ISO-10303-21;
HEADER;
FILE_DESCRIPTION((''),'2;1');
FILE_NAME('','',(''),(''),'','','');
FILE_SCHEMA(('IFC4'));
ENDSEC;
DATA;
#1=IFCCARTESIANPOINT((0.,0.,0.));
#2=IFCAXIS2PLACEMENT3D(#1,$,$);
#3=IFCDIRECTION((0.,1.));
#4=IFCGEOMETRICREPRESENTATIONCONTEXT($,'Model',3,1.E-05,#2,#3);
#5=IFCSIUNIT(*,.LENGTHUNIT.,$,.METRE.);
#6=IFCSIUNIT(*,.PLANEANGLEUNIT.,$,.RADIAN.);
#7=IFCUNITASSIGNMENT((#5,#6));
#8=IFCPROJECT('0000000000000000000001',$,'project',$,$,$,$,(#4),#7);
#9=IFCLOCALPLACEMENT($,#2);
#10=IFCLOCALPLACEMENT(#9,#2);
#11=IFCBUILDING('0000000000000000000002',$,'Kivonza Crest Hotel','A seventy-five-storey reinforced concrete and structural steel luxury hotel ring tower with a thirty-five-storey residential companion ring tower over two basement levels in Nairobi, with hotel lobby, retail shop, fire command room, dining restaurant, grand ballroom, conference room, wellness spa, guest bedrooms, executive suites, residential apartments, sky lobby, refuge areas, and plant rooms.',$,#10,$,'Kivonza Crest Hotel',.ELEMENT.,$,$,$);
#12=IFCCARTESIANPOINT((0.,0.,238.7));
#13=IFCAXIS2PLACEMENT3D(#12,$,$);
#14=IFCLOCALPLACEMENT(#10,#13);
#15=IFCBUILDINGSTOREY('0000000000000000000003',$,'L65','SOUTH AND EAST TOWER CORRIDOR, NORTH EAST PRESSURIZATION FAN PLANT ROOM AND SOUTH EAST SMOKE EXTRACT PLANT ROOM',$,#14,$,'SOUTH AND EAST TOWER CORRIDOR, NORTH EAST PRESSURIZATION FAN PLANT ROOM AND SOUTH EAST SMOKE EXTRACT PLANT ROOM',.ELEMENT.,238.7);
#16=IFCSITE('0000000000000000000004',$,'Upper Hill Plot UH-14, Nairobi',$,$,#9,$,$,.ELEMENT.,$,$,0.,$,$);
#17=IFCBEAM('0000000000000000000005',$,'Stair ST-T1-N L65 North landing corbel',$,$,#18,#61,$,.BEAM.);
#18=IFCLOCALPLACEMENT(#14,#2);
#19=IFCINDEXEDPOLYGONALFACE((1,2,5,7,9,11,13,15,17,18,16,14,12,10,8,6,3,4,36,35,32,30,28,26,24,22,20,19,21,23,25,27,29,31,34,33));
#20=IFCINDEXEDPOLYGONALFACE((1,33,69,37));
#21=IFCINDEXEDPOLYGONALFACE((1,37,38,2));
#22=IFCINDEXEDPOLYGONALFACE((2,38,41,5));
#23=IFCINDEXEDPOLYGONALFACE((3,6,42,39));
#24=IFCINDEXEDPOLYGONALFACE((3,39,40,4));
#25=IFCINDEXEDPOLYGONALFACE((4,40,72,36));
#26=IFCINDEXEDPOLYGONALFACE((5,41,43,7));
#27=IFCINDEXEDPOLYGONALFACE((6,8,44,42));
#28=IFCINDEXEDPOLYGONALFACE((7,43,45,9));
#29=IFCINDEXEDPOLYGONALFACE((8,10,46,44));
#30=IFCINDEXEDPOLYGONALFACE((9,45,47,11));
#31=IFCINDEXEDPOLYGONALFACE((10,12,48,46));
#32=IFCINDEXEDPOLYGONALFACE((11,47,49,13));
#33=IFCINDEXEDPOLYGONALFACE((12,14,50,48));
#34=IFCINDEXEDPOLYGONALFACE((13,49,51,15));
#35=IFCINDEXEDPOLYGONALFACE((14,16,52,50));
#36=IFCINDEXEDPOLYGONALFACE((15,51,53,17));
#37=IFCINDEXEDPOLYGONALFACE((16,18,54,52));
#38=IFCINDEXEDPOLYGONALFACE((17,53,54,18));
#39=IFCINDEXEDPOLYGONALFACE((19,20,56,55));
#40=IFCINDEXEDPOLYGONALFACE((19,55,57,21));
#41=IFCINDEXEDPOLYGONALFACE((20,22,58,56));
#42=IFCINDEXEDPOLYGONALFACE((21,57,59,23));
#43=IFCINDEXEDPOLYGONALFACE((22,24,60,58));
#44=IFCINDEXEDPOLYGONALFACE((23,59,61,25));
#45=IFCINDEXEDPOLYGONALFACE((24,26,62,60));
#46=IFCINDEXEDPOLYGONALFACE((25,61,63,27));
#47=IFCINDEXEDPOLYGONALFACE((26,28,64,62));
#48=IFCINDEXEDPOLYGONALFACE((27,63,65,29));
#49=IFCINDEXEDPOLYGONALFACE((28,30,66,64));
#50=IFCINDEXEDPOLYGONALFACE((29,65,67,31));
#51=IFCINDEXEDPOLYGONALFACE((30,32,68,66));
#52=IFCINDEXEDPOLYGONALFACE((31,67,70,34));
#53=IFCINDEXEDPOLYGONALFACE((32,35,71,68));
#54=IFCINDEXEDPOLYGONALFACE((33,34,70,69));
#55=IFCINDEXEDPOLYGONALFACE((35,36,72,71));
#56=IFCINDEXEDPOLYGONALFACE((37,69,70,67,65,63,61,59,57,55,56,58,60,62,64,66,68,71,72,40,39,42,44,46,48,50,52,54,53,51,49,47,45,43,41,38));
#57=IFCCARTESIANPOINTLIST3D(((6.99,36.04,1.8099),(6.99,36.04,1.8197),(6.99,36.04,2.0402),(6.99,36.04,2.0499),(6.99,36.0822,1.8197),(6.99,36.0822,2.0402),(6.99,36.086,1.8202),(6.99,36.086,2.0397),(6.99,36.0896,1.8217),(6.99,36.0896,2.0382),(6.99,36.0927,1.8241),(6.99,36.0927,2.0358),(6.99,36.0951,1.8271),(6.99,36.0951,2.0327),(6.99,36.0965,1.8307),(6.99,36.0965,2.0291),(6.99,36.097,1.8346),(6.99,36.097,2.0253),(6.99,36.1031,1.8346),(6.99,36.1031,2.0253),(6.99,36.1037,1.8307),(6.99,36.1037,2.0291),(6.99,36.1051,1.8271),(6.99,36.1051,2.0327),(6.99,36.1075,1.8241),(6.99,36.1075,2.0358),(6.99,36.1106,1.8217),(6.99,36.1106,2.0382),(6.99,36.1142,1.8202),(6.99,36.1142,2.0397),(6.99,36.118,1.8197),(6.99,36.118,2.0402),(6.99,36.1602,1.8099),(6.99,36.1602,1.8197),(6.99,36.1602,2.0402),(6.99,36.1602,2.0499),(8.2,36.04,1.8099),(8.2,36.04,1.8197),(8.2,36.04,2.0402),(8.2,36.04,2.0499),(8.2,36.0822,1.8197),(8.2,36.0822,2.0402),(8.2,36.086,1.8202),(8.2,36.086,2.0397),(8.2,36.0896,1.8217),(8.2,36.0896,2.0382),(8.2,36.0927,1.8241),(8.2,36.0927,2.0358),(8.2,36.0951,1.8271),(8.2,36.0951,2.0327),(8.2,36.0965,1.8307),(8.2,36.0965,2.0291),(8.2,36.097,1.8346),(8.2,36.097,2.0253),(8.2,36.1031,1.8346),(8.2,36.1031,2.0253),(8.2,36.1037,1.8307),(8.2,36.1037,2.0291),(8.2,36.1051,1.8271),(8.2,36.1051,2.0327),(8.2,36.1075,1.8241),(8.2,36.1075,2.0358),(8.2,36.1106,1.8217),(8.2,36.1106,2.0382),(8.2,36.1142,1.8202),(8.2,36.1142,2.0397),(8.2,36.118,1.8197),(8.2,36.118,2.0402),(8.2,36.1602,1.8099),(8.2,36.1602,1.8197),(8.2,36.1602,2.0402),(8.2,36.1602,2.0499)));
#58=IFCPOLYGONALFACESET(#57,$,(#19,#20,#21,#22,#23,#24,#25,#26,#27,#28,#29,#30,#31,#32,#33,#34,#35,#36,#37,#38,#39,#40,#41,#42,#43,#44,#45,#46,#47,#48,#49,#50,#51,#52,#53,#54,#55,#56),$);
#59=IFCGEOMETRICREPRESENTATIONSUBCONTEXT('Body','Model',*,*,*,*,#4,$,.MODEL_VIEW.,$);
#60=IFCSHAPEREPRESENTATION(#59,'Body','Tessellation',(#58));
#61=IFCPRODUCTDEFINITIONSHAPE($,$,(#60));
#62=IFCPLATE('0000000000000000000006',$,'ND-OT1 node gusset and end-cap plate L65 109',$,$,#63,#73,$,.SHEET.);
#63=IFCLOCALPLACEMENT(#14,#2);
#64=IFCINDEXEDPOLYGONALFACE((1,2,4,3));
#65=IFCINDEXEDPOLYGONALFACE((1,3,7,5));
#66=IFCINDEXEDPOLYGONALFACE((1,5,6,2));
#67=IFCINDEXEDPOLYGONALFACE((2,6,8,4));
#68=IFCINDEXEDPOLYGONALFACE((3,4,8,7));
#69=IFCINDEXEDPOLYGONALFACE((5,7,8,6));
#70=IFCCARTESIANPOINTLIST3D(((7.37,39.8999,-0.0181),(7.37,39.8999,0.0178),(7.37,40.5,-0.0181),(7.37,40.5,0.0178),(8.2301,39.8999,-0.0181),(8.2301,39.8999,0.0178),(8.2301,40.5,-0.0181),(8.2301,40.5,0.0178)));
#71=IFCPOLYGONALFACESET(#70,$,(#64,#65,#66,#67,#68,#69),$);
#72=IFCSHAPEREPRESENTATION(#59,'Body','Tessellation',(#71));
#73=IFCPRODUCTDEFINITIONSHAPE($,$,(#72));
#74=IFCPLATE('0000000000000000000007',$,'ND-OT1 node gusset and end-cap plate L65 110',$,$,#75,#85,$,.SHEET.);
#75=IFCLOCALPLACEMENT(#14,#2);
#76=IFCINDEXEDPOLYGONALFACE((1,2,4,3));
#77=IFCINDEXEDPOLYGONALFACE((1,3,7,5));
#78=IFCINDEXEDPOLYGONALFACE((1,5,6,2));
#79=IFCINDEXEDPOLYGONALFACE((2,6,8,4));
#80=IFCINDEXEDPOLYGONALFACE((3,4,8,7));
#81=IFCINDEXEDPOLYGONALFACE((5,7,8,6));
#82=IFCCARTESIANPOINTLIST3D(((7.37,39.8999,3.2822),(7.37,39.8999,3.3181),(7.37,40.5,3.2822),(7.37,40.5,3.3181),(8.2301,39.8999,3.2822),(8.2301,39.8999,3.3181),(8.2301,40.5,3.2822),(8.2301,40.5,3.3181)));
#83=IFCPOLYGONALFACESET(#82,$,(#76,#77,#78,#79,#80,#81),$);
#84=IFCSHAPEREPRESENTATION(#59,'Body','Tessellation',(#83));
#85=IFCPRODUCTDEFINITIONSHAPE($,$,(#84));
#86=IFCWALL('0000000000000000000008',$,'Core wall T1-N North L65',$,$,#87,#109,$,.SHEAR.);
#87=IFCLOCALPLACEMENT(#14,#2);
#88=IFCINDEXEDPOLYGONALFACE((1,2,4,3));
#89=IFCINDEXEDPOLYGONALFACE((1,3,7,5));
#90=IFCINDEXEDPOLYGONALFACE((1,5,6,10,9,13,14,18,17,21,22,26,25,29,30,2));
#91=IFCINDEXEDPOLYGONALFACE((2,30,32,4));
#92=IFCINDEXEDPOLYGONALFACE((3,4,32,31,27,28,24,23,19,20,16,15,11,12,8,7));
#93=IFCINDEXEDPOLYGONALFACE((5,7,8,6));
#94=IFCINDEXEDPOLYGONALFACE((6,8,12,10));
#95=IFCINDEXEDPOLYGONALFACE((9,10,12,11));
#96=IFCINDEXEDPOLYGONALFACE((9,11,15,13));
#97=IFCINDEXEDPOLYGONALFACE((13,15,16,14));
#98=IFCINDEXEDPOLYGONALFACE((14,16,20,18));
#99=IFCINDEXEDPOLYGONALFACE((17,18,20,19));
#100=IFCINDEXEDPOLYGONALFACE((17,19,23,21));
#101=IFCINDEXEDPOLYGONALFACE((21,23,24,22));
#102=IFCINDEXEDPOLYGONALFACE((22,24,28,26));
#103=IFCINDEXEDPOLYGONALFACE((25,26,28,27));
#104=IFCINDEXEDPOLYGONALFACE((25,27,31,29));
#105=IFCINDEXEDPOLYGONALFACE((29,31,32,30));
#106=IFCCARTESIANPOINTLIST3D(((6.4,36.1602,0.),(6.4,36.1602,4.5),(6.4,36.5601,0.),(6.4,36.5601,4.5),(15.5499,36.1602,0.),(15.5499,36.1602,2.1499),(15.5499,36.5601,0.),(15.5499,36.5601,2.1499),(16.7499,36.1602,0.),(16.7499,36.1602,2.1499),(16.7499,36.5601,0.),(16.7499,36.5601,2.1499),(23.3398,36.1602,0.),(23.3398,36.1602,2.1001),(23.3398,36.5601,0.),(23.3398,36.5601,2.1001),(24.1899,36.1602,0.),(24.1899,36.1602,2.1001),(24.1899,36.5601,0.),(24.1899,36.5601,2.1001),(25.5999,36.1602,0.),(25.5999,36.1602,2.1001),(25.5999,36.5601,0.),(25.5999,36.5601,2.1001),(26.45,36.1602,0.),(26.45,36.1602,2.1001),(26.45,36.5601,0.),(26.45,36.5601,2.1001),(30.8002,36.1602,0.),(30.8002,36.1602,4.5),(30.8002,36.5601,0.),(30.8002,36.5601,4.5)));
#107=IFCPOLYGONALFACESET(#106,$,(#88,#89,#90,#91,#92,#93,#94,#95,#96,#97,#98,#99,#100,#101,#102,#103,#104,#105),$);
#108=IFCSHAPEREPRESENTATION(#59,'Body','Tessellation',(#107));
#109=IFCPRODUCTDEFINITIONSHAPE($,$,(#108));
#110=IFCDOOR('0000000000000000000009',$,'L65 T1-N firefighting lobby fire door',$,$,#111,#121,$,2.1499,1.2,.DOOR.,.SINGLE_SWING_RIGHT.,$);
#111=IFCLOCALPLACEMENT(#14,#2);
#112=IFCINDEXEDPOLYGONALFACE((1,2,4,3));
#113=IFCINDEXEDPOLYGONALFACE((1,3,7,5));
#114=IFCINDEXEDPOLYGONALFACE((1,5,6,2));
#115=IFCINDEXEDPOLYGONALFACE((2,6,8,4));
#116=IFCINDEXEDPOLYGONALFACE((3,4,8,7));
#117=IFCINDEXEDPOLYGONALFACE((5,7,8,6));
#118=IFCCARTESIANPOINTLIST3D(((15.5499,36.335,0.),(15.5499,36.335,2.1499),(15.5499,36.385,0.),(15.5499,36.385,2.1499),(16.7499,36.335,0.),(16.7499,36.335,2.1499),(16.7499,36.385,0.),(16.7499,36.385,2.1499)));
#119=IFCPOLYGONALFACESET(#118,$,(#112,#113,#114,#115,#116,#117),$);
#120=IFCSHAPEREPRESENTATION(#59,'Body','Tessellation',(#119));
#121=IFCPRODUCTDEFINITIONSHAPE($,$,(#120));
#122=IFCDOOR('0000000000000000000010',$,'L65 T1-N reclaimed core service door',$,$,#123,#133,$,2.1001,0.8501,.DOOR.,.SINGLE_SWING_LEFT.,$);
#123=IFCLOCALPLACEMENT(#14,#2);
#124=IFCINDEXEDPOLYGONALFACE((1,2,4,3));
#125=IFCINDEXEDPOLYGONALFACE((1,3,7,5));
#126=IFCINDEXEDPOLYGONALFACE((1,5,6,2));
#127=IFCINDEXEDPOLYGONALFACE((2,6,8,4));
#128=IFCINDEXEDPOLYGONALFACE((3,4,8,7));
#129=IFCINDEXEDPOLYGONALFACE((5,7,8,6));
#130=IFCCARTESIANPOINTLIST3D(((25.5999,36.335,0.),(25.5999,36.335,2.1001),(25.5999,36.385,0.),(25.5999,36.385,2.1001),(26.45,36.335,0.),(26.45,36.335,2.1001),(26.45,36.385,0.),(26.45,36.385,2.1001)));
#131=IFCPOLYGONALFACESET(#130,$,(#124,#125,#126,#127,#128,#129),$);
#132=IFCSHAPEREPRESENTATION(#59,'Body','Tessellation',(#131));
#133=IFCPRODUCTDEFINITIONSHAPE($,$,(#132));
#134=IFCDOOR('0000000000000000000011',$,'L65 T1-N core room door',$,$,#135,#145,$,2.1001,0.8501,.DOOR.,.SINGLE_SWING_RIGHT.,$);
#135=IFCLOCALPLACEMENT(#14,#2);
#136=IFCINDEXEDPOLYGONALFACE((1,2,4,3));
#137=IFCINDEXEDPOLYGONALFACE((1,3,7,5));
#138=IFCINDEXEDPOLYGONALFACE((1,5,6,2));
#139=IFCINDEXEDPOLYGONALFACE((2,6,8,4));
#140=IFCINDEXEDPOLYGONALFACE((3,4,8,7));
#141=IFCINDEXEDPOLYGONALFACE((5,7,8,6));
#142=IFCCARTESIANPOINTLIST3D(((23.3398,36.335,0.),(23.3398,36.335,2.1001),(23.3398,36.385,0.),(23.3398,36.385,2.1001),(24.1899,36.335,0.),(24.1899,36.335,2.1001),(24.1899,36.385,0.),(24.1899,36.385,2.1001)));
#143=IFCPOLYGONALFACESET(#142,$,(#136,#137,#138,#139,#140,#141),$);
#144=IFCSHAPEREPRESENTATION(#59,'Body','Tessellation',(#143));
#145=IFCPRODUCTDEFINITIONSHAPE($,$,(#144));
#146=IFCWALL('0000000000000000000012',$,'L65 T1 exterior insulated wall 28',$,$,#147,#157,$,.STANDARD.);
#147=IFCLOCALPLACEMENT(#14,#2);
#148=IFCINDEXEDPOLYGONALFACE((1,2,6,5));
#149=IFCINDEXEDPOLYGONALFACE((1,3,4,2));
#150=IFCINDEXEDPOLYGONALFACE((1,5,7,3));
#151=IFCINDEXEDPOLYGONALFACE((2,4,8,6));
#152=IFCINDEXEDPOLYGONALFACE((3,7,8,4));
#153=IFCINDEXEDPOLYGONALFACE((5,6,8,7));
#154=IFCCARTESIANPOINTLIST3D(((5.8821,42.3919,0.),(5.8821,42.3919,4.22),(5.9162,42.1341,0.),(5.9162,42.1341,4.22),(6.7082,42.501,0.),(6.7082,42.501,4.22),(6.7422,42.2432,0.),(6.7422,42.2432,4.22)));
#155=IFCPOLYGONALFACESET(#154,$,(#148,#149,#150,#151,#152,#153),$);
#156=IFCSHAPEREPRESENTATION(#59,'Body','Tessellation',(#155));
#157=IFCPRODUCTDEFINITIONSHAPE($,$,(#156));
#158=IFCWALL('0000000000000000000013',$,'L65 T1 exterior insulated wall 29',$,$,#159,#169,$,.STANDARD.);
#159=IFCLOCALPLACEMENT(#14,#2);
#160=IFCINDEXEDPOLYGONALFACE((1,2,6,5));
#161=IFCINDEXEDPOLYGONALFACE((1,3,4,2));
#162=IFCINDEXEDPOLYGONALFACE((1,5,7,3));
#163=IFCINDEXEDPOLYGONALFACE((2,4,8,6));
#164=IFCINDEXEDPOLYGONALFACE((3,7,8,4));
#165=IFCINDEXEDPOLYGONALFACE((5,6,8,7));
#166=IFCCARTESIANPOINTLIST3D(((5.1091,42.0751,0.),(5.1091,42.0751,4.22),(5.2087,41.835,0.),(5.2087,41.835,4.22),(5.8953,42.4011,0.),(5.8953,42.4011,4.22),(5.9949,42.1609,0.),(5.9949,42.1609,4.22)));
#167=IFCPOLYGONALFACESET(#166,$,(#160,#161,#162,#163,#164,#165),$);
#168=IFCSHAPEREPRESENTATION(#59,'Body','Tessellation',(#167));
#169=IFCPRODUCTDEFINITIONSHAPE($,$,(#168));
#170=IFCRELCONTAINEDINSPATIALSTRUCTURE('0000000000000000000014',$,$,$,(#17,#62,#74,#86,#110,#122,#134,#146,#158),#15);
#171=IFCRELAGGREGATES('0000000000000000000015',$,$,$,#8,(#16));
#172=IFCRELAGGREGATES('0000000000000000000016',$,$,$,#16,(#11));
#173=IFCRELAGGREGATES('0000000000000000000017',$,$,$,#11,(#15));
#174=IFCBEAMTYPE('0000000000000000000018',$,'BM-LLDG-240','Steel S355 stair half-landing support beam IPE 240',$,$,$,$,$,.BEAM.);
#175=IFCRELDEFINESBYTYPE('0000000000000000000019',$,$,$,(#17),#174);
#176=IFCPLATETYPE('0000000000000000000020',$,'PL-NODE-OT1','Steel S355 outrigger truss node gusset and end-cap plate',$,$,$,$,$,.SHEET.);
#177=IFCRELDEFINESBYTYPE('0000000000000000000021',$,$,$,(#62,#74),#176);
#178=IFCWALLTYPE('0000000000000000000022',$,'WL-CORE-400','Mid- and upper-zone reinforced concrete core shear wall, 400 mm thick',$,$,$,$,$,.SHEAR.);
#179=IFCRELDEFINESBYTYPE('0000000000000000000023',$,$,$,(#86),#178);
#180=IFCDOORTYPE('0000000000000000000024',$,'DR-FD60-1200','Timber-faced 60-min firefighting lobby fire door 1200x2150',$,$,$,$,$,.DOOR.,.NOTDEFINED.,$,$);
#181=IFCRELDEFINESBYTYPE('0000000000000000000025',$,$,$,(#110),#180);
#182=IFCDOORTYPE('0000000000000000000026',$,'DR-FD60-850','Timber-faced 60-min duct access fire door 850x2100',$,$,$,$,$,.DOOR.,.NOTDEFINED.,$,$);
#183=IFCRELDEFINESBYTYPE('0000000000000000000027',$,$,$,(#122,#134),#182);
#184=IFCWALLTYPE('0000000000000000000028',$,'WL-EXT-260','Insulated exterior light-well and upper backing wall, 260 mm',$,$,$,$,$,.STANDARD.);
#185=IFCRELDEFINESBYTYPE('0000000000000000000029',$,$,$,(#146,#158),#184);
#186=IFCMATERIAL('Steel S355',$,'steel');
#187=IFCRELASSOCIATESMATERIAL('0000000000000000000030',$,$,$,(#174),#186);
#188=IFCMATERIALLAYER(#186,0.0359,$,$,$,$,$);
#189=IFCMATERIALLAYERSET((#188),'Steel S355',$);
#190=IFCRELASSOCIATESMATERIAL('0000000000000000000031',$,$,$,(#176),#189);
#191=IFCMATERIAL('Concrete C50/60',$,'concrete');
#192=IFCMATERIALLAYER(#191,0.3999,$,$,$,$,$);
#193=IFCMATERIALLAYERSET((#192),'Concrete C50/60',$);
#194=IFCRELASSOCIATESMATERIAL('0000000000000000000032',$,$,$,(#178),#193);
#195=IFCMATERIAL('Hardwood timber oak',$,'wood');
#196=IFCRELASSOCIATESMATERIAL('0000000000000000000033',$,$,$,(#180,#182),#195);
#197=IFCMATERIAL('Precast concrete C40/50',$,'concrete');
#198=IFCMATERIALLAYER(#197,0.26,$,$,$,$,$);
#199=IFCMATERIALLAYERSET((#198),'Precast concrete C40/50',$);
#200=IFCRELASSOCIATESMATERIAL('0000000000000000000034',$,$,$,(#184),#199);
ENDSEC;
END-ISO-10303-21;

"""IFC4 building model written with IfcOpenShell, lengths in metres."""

from ifc_helpers import new_model, si_unit, direction, frame, frame_2d, origin, origin_2d, place, context, subcontext, project, spatial, rectangle, i_section, extrude, material, layer, layer_set, material_profile, profile_set, type_object, element, fill, save


model = new_model("IFC4")

# Units and contexts
model_context = context("Model", 3, precision=1e-05, world=origin(), true_north=direction((0.0, 1.0)))
body_context = subcontext(model_context, "Body", "Model", "MODEL_VIEW")
ifc_project = project(units=[si_unit("LENGTHUNIT", "METRE"), si_unit("PLANEANGLEUNIT", "RADIAN")], contexts=[model_context])

# Site, building, storey
site_placement = place(None, origin())
site = spatial("IfcSite", under=ifc_project, at=site_placement, Name="Upper Hill Plot UH-14, Nairobi", CompositionType="ELEMENT", RefElevation=0.0)
building_placement = place(site_placement, origin())
building = spatial("IfcBuilding", under=site, at=building_placement, Name="Kivonza Crest Hotel", Description="A seventy-five-storey reinforced concrete and structural steel luxury hotel ring tower with a thirty-five-storey residential companion ring tower over two basement levels in Nairobi, with hotel lobby, retail shop, fire command room, dining restaurant, grand ballroom, conference room, wellness spa, guest bedrooms, executive suites, residential apartments, sky lobby, refuge areas, and plant rooms.", LongName="Kivonza Crest Hotel", CompositionType="ELEMENT")
storey_placement = place(building_placement, frame((0.0, 0.0, 238.7)))
storey = spatial("IfcBuildingStorey", under=building, at=storey_placement, Name="L65", Description="SOUTH AND EAST TOWER CORRIDOR, NORTH EAST PRESSURIZATION FAN PLANT ROOM AND SOUTH EAST SMOKE EXTRACT PLANT ROOM", LongName="SOUTH AND EAST TOWER CORRIDOR, NORTH EAST PRESSURIZATION FAN PLANT ROOM AND SOUTH EAST SMOKE EXTRACT PLANT ROOM", CompositionType="ELEMENT", Elevation=238.7)

# Shared definitions
ifc_material_1 = material(Name="Steel S355", Category="steel")

# Beam
ifc_material_profile_1 = material_profile(ifc_material_1, i_section(OverallWidth=0.1201, OverallDepth=0.24, WebThickness=0.0061, FlangeThickness=0.0098, FilletRadius=0.0149, at=origin_2d()), Name="IPE 240")
ifc_profile_set_1 = profile_set([ifc_material_profile_1], Name="Steel S355")
beam_type_1 = type_object("IfcBeamType", Name="BM-LLDG-240", Description="Steel S355 stair half-landing support beam IPE 240", PredefinedType="BEAM", material=ifc_profile_set_1)
beam_1_placement = place(storey_placement, frame((6.99, 36.1001, 1.9299), z_axis=(1.0, 0.0, 0.0), x_axis=(0.0, 1.0, 0.0)))
element("IfcBeam", 1, at=beam_1_placement, inside=storey, type_object=beam_type_1, Name="Stair ST-T1-N L65 North landing corbel", PredefinedType="BEAM", context=body_context, shape_type="SweptSolid", body=[
    extrude(i_section(OverallWidth=0.1201, OverallDepth=0.24, WebThickness=0.0061, FlangeThickness=0.0098, FilletRadius=0.0149, at=origin_2d()), origin(), (0.0, 0.0, 1.0), 1.21),
])

# Plates
ifc_layer_1 = layer(ifc_material_1, 0.0359)
ifc_layer_set_1 = layer_set([ifc_layer_1], Name="Steel S355")
plate_type = type_object("IfcPlateType", Name="PL-NODE-OT1", Description="Steel S355 outrigger truss node gusset and end-cap plate", PredefinedType="SHEET", material=ifc_layer_set_1)
for number, where, z_axis, x_axis, name in (
    (2, (7.8, 40.2, -0.0181), (0.0, 0.0, 1.0), (1.0, 0.0, 0.0), "ND-OT1 node gusset and end-cap plate L65 109"),
    (3, (7.8, 40.2, 3.2822), (0.0, 0.0, 1.0), (1.0, 0.0, 0.0), "ND-OT1 node gusset and end-cap plate L65 110"),
):
    element("IfcPlate", number, at=place(storey_placement, frame(where, z_axis=z_axis, x_axis=x_axis)), inside=storey, type_object=plate_type, Name=name, PredefinedType="SHEET", context=body_context, shape_type="SweptSolid", body=[
        extrude(rectangle(XDim=0.8601, YDim=0.6001, at=origin_2d()), origin(), (0.0, 0.0, 1.0), 0.0359),
    ])

# Wall, openings, doors
ifc_material_2 = material(Name="Concrete C50/60", Category="concrete")
ifc_layer_2 = layer(ifc_material_2, 0.3999)
ifc_layer_set_2 = layer_set([ifc_layer_2], Name="Concrete C50/60")
wall_type_1 = type_object("IfcWallType", Name="WL-CORE-400", Description="Mid- and upper-zone reinforced concrete core shear wall, 400 mm thick", PredefinedType="SHEAR", material=ifc_layer_set_2)
wall_1_placement = place(storey_placement, frame((6.3999, 36.3601, 0.0), z_axis=(0.0, 0.0, 1.0), x_axis=(1.0, 0.0, 0.0)))
wall_1 = element("IfcWall", 4, at=wall_1_placement, inside=storey, type_object=wall_type_1, Name="Core wall T1-N North L65", PredefinedType="SHEAR", context=body_context, shape_type="SweptSolid", body=[
    extrude(rectangle(XDim=24.4001, YDim=0.3999, at=frame_2d((12.2002, 0.0))), origin(), (0.0, 0.0, 1.0), 4.5),
])
opening_1_placement = place(wall_1_placement, frame((9.1499, 0.0, 0.0)))
opening_1 = element("IfcOpeningElement", 5, at=opening_1_placement, cuts=wall_1, PredefinedType="OPENING", context=body_context, shape_type="SweptSolid", body=[
    extrude(rectangle(XDim=1.2, YDim=2.1499, at=frame_2d((0.6001, 1.075))), frame((0.0, 0.21, 0.0), z_axis=(0.0, -1.0, 0.0), x_axis=(1.0, 0.0, 0.0)), (0.0, 0.0, 1.0), 0.4199),
])
opening_2_placement = place(wall_1_placement, frame((19.2, 0.0, 0.0)))
opening_2 = element("IfcOpeningElement", 6, at=opening_2_placement, cuts=wall_1, PredefinedType="OPENING", context=body_context, shape_type="SweptSolid", body=[
    extrude(rectangle(XDim=0.8501, YDim=2.1001, at=frame_2d((0.425, 1.05))), frame((0.0, 0.21, 0.0), z_axis=(0.0, -1.0, 0.0), x_axis=(1.0, 0.0, 0.0)), (0.0, 0.0, 1.0), 0.4199),
])
opening_3_placement = place(wall_1_placement, frame((16.9399, 0.0, 0.0)))
opening_3 = element("IfcOpeningElement", 7, at=opening_3_placement, cuts=wall_1, PredefinedType="OPENING", context=body_context, shape_type="SweptSolid", body=[
    extrude(rectangle(XDim=0.8501, YDim=2.1001, at=frame_2d((0.425, 1.05))), frame((0.0, 0.21, 0.0), z_axis=(0.0, -1.0, 0.0), x_axis=(1.0, 0.0, 0.0)), (0.0, 0.0, 1.0), 0.4199),
])
ifc_material_3 = material(Name="Hardwood timber oak", Category="wood")
door_type_1 = type_object("IfcDoorType", Name="DR-FD60-1200", Description="Timber-faced 60-min firefighting lobby fire door 1200x2150", OperationType="NOTDEFINED", PredefinedType="DOOR", material=ifc_material_3)
door_1_placement = place(opening_1_placement, origin())
door_1 = element("IfcDoor", 8, at=door_1_placement, inside=storey, type_object=door_type_1, Name="L65 T1-N firefighting lobby fire door", OperationType="SINGLE_SWING_RIGHT", OverallHeight=2.1499, OverallWidth=1.2, PredefinedType="DOOR", context=body_context, shape_type="SweptSolid", body=[
    extrude(rectangle(XDim=1.2, YDim=2.1499, at=frame_2d((0.6001, 1.075))), frame((0.0, 0.0249, 0.0), z_axis=(0.0, -1.0, 0.0), x_axis=(1.0, 0.0, 0.0)), (0.0, 0.0, 1.0), 0.05),
])
fill(opening_1, door_1)
door_type_2 = type_object("IfcDoorType", Name="DR-FD60-850", Description="Timber-faced 60-min duct access fire door 850x2100", OperationType="NOTDEFINED", PredefinedType="DOOR", material=ifc_material_3)
door_2_placement = place(opening_2_placement, origin())
door_2 = element("IfcDoor", 9, at=door_2_placement, inside=storey, type_object=door_type_2, Name="L65 T1-N reclaimed core service door", OperationType="SINGLE_SWING_LEFT", OverallHeight=2.1001, OverallWidth=0.8501, PredefinedType="DOOR", context=body_context, shape_type="SweptSolid", body=[
    extrude(rectangle(XDim=0.8501, YDim=2.1001, at=frame_2d((0.425, 1.05))), frame((0.0, 0.0249, 0.0), z_axis=(0.0, -1.0, 0.0), x_axis=(1.0, 0.0, 0.0)), (0.0, 0.0, 1.0), 0.05),
])
fill(opening_2, door_2)
door_3_placement = place(opening_3_placement, origin())
door_3 = element("IfcDoor", 10, at=door_3_placement, inside=storey, type_object=door_type_2, Name="L65 T1-N core room door", OperationType="SINGLE_SWING_RIGHT", OverallHeight=2.1001, OverallWidth=0.8501, PredefinedType="DOOR", context=body_context, shape_type="SweptSolid", body=[
    extrude(rectangle(XDim=0.8501, YDim=2.1001, at=frame_2d((0.425, 1.05))), frame((0.0, 0.0249, 0.0), z_axis=(0.0, -1.0, 0.0), x_axis=(1.0, 0.0, 0.0)), (0.0, 0.0, 1.0), 0.05),
])
fill(opening_3, door_3)

# Walls
ifc_material_4 = material(Name="Precast concrete C40/50", Category="concrete")
ifc_layer_3 = layer(ifc_material_4, 0.26)
ifc_layer_set_3 = layer_set([ifc_layer_3], Name="Precast concrete C40/50")
wall_type_2 = type_object("IfcWallType", Name="WL-EXT-260", Description="Insulated exterior light-well and upper backing wall, 260 mm", PredefinedType="STANDARD", material=ifc_layer_set_3)
wall_2_placement = place(storey_placement, frame((6.7251, 42.3721, 0.0), z_axis=(0.0, 0.0, 1.0), x_axis=(-0.991388, -0.130955, 0.0)))
element("IfcWall", 11, at=wall_2_placement, inside=storey, type_object=wall_type_2, Name="L65 T1 exterior insulated wall 28", PredefinedType="STANDARD", context=body_context, shape_type="SweptSolid", body=[
    extrude(rectangle(XDim=0.8333, YDim=0.26, at=frame_2d((0.4165, 0.0))), origin(), (0.0, 0.0, 1.0), 4.22),
])
wall_3_placement = place(storey_placement, frame((5.9451, 42.281, 0.0), z_axis=(0.0, 0.0, 1.0), x_axis=(-0.923754, -0.382985, 0.0)))
element("IfcWall", 12, at=wall_3_placement, inside=storey, type_object=wall_type_2, Name="L65 T1 exterior insulated wall 29", PredefinedType="STANDARD", context=body_context, shape_type="SweptSolid", body=[
    extrude(rectangle(XDim=0.8511, YDim=0.26, at=frame_2d((0.4255, 0.0))), origin(), (0.0, 0.0, 1.0), 4.22),
])

save(model, "model.ifc")
